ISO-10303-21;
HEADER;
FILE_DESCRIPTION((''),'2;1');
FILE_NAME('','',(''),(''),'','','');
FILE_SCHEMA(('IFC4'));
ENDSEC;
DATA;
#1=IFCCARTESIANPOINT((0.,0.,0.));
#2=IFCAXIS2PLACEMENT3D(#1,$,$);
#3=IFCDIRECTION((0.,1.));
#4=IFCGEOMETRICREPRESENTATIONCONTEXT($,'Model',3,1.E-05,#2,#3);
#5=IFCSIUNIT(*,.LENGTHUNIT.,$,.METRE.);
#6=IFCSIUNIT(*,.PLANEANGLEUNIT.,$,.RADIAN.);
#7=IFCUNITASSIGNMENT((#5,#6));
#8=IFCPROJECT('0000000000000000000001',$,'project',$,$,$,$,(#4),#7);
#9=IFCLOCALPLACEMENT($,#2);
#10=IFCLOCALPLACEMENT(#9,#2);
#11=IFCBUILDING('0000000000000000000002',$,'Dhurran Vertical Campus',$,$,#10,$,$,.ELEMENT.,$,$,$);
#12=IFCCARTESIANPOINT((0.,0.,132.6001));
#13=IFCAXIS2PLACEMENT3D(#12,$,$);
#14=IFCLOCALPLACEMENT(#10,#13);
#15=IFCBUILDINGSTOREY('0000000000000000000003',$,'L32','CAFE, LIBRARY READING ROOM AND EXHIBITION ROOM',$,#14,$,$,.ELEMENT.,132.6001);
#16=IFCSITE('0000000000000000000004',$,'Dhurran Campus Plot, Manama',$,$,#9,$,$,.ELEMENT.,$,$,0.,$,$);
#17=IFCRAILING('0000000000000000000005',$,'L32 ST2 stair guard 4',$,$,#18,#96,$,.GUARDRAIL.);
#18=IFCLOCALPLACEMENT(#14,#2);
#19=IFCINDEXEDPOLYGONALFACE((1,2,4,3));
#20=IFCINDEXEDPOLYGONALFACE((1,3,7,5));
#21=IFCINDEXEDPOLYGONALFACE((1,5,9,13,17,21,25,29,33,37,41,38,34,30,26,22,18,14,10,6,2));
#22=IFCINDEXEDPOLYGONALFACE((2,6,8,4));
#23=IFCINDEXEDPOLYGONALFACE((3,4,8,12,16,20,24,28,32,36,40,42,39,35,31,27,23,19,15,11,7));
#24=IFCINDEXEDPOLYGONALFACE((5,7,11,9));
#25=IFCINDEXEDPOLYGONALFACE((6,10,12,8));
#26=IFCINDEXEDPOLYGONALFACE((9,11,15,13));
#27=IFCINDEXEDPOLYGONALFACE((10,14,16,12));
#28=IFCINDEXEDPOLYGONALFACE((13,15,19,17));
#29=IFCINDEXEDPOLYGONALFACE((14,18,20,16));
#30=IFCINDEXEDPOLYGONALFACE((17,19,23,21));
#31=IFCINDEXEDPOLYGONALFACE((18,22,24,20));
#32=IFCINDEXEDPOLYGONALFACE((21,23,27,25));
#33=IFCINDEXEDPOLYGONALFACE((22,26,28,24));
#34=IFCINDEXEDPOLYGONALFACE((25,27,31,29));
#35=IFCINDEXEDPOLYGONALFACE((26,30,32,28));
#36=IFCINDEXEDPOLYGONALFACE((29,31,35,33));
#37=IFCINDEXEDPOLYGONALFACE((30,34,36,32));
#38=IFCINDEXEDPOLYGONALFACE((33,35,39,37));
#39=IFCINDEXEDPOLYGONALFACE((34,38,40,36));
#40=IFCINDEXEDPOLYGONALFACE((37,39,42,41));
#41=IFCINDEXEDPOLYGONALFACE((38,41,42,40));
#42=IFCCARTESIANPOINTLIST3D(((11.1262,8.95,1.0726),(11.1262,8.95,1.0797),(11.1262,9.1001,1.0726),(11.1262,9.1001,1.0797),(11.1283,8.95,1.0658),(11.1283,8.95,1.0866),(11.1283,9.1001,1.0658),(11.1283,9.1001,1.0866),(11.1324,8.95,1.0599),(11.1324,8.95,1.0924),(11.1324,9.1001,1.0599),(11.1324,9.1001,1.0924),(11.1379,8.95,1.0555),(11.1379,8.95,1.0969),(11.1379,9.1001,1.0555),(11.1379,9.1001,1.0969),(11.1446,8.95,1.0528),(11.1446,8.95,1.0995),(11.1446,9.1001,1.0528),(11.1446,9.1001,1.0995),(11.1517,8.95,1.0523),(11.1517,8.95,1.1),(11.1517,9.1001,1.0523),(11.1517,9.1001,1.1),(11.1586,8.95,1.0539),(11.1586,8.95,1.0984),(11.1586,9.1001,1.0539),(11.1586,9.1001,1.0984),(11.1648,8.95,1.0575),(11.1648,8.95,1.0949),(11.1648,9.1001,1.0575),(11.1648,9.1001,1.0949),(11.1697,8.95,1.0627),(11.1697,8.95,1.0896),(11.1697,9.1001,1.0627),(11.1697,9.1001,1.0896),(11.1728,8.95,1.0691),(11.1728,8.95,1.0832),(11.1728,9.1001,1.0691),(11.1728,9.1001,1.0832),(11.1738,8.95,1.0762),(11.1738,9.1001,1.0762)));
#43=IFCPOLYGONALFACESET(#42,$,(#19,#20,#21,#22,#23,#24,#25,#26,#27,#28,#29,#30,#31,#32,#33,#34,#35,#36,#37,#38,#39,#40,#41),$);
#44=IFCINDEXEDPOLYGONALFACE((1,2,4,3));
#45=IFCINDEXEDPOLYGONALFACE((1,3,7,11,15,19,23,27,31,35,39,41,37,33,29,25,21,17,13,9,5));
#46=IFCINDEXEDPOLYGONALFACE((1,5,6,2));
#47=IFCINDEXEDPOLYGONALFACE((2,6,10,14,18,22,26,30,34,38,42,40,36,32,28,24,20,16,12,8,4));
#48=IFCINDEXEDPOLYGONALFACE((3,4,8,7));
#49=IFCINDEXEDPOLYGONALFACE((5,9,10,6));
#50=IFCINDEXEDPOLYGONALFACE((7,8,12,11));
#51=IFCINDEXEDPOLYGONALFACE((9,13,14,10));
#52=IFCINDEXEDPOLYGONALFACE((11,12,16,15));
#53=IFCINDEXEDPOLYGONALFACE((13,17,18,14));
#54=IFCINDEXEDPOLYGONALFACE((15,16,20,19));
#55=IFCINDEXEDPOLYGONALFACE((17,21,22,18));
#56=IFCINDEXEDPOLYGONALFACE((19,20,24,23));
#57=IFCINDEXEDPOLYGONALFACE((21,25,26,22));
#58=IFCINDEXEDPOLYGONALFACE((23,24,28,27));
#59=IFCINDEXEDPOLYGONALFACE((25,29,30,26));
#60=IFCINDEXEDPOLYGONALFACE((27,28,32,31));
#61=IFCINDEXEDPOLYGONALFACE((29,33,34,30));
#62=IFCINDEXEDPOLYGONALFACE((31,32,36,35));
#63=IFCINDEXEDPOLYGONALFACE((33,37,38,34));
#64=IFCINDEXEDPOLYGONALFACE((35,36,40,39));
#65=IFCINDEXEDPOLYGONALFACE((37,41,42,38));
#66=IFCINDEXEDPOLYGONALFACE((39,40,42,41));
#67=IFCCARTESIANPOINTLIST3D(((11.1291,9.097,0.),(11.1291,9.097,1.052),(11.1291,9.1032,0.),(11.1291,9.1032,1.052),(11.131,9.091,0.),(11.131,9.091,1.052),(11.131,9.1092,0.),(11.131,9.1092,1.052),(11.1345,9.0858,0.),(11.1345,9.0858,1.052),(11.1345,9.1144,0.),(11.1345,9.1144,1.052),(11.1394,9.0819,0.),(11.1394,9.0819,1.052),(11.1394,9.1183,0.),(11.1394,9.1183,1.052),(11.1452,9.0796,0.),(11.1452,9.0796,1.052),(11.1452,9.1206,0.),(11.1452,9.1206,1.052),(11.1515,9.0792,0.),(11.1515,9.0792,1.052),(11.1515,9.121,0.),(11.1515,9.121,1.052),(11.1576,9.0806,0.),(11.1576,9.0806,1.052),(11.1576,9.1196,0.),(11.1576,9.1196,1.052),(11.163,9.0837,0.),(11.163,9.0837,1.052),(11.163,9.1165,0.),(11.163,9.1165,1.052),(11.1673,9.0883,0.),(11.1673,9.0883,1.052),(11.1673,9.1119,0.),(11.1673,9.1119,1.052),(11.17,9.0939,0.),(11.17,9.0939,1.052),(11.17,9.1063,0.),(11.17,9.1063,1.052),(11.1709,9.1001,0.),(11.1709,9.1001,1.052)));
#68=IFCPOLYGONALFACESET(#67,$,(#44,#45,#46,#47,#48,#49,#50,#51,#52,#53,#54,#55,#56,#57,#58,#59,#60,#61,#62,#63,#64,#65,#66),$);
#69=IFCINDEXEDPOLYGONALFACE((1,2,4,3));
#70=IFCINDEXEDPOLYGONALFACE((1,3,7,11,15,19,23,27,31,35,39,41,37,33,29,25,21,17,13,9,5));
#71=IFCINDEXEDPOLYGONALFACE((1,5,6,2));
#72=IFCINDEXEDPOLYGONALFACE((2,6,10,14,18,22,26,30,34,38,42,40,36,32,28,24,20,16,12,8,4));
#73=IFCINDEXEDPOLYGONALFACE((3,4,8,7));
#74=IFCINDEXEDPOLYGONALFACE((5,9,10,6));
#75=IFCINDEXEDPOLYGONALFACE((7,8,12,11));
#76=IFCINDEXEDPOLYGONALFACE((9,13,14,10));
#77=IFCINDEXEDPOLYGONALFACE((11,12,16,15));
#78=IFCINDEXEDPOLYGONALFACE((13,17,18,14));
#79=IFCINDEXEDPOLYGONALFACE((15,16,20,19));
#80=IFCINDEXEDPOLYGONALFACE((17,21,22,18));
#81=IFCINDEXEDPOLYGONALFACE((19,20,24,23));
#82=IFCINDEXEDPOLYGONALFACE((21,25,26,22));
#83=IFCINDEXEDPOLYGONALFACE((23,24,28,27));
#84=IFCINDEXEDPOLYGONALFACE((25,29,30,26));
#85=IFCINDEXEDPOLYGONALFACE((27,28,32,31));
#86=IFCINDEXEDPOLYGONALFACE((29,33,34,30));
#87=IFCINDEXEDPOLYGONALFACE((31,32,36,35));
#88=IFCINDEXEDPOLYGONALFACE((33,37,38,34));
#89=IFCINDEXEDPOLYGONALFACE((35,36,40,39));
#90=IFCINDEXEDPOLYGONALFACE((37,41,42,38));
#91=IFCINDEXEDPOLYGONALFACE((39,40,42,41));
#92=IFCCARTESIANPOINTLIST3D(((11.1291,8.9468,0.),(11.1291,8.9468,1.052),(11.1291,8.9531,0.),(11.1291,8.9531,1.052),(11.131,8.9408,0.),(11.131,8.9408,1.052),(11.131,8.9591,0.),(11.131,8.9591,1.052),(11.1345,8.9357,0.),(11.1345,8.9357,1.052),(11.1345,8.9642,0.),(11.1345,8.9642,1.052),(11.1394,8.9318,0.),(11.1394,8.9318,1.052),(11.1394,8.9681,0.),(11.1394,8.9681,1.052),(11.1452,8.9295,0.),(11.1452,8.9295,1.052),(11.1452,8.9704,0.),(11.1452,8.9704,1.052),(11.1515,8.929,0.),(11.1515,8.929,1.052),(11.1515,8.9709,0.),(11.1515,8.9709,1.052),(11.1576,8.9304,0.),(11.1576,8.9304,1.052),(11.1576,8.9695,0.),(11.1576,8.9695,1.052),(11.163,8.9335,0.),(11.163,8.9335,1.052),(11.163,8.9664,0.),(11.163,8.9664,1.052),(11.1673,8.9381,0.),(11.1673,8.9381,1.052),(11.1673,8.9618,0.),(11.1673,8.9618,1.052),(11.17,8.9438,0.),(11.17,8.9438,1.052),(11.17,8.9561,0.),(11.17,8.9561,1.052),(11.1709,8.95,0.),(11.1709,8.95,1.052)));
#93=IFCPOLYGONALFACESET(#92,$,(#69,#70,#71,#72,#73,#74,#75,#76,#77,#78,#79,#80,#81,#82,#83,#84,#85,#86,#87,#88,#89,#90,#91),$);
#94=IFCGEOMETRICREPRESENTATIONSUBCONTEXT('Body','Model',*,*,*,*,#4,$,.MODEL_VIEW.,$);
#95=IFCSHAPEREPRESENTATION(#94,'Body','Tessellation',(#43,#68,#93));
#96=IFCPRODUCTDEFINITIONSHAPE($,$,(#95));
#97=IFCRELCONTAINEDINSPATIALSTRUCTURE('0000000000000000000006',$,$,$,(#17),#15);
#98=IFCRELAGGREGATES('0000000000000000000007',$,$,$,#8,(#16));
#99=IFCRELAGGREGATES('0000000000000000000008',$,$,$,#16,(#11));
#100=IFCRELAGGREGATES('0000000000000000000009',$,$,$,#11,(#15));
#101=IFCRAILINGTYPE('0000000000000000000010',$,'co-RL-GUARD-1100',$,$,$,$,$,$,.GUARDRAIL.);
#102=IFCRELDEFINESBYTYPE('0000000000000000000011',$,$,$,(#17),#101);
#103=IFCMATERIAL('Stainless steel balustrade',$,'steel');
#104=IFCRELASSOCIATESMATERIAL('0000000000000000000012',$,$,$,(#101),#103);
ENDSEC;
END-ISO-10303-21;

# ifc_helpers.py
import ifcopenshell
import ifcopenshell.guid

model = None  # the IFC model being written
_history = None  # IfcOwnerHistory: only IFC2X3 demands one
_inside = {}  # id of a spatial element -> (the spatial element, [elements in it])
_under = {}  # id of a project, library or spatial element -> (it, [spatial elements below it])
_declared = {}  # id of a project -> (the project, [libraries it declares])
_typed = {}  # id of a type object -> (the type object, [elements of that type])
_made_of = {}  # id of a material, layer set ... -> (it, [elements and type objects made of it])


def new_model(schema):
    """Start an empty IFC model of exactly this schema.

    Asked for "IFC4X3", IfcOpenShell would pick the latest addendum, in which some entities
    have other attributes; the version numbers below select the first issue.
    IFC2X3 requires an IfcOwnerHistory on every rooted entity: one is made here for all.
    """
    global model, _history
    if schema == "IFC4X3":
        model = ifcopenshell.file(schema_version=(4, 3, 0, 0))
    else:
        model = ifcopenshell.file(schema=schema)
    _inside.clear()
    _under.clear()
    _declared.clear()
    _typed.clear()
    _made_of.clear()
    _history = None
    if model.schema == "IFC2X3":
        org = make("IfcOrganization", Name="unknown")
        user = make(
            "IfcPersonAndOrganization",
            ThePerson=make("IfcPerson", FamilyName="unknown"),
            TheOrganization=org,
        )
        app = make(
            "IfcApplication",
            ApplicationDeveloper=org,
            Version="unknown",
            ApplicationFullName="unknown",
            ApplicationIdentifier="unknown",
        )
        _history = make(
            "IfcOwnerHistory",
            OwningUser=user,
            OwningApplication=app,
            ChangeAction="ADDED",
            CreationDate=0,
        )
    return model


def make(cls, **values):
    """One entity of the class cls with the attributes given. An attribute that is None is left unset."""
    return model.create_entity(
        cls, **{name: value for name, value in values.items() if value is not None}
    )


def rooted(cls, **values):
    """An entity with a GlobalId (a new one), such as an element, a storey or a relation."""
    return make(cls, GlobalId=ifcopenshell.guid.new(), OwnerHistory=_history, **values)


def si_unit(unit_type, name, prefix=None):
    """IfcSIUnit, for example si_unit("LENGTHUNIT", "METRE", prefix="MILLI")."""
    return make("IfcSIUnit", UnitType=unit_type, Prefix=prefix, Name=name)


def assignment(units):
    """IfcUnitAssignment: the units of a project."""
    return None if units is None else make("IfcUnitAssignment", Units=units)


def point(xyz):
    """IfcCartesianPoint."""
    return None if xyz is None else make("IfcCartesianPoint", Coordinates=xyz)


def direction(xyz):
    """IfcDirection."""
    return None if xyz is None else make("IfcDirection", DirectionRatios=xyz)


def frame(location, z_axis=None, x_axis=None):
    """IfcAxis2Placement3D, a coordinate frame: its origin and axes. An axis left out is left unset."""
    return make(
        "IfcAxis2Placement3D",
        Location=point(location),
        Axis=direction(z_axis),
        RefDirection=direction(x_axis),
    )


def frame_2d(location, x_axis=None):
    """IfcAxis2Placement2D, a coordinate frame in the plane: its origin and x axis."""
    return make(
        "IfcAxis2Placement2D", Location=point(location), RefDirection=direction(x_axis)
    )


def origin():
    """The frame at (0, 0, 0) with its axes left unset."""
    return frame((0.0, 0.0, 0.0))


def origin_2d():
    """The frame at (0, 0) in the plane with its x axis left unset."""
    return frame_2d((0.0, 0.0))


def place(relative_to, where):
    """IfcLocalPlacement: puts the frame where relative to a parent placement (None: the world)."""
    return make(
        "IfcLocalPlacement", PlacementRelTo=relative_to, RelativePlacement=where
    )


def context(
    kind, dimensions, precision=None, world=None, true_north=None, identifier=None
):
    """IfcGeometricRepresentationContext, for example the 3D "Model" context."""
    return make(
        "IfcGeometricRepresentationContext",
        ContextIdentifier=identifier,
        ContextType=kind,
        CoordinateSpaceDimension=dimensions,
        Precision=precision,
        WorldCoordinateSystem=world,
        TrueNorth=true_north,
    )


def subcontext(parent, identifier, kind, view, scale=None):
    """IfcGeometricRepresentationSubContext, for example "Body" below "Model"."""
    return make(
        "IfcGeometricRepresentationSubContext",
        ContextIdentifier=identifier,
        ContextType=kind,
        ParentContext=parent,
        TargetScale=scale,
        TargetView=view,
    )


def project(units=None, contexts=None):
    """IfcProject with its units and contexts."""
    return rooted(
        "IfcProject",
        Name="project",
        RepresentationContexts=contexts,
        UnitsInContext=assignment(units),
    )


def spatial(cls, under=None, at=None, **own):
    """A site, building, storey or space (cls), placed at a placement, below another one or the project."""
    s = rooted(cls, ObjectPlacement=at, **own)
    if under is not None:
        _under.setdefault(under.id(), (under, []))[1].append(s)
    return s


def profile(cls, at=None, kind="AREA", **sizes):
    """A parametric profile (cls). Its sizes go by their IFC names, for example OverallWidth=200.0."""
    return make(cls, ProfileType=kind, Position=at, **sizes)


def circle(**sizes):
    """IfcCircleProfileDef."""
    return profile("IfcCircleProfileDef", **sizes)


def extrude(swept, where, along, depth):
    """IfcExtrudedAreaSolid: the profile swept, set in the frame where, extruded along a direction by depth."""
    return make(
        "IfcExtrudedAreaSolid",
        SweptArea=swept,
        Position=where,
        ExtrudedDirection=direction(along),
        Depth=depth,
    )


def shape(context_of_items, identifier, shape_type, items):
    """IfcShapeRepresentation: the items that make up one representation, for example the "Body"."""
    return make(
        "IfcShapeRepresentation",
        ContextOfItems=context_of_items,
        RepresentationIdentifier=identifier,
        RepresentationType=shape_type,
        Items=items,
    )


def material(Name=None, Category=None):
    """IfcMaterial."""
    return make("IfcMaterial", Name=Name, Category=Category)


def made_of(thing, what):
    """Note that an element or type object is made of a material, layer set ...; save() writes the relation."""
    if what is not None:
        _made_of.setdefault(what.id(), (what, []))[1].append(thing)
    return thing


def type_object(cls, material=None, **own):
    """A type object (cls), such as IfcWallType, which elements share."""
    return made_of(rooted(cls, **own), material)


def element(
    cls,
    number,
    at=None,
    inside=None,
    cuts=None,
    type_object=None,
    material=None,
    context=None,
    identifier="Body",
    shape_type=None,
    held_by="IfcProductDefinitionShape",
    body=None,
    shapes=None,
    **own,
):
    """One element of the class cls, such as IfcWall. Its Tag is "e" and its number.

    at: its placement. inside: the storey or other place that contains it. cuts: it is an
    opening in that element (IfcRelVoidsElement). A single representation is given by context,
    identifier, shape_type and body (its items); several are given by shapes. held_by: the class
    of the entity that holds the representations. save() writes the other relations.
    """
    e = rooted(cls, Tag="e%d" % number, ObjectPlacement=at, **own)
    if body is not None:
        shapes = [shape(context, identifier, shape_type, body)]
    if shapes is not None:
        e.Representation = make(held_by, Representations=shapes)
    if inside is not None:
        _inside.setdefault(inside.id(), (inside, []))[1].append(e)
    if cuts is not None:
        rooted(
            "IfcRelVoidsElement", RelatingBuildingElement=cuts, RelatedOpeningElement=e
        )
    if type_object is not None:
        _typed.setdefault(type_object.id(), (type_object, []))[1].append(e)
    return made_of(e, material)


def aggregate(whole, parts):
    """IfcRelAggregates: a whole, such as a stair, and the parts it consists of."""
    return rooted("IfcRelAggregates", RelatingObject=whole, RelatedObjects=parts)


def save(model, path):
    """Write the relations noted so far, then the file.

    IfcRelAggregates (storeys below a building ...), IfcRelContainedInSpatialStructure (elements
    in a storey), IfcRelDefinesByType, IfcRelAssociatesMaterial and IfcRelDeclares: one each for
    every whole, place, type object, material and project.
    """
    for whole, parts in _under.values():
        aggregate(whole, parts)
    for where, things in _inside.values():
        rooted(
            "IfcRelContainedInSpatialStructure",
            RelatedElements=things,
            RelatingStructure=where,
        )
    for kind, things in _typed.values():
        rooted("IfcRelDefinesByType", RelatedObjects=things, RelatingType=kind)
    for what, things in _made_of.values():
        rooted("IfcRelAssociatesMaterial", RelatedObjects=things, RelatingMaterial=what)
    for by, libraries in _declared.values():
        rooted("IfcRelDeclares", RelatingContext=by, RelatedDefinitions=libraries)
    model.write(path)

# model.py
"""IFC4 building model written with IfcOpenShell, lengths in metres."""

from ifc_helpers import new_model, si_unit, direction, frame, origin, origin_2d, place, context, subcontext, project, spatial, circle, extrude, material, type_object, element, save


model = new_model("IFC4")

# Units and contexts
model_context = context("Model", 3, precision=1e-05, world=origin(), true_north=direction((0.0, 1.0)))
body_context = subcontext(model_context, "Body", "Model", "MODEL_VIEW")
ifc_project = project(units=[si_unit("LENGTHUNIT", "METRE"), si_unit("PLANEANGLEUNIT", "RADIAN")], contexts=[model_context])

# Site, building, storey
site_placement = place(None, origin())
site = spatial("IfcSite", under=ifc_project, at=site_placement, Name="Dhurran Campus Plot, Manama", CompositionType="ELEMENT", RefElevation=0.0)
building_placement = place(site_placement, origin())
building = spatial("IfcBuilding", under=site, at=building_placement, Name="Dhurran Vertical Campus", CompositionType="ELEMENT")
storey_placement = place(building_placement, frame((0.0, 0.0, 132.6001)))
storey = spatial("IfcBuildingStorey", under=building, at=storey_placement, Name="L32", Description="CAFE, LIBRARY READING ROOM AND EXHIBITION ROOM", CompositionType="ELEMENT", Elevation=132.6001)

# Railing
ifc_material_1 = material(Name="Stainless steel balustrade", Category="steel")
railing_type_1 = type_object("IfcRailingType", Name="co-RL-GUARD-1100", PredefinedType="GUARDRAIL", material=ifc_material_1)
railing_1_placement = place(storey_placement, frame((11.1499, 9.1001, 0.0)))
element("IfcRailing", 1, at=railing_1_placement, inside=storey, type_object=railing_type_1, Name="L32 ST2 stair guard 4", PredefinedType="GUARDRAIL", context=body_context, shape_type="SweptSolid", body=[
    extrude(circle(Radius=0.0239, at=origin_2d()), frame((0.0, 0.0, 1.0762), z_axis=(0.0, -1.0, 0.0), x_axis=(1.0, 0.0, 0.0)), (0.0, 0.0, 1.0), 0.1501),
    extrude(circle(Radius=0.021, at=origin_2d()), origin(), (0.0, 0.0, 1.0), 1.052),
    extrude(circle(Radius=0.021, at=origin_2d()), frame((0.0, -0.1501, 0.0)), (0.0, 0.0, 1.0), 1.052),
])

save(model, "model.ifc")
